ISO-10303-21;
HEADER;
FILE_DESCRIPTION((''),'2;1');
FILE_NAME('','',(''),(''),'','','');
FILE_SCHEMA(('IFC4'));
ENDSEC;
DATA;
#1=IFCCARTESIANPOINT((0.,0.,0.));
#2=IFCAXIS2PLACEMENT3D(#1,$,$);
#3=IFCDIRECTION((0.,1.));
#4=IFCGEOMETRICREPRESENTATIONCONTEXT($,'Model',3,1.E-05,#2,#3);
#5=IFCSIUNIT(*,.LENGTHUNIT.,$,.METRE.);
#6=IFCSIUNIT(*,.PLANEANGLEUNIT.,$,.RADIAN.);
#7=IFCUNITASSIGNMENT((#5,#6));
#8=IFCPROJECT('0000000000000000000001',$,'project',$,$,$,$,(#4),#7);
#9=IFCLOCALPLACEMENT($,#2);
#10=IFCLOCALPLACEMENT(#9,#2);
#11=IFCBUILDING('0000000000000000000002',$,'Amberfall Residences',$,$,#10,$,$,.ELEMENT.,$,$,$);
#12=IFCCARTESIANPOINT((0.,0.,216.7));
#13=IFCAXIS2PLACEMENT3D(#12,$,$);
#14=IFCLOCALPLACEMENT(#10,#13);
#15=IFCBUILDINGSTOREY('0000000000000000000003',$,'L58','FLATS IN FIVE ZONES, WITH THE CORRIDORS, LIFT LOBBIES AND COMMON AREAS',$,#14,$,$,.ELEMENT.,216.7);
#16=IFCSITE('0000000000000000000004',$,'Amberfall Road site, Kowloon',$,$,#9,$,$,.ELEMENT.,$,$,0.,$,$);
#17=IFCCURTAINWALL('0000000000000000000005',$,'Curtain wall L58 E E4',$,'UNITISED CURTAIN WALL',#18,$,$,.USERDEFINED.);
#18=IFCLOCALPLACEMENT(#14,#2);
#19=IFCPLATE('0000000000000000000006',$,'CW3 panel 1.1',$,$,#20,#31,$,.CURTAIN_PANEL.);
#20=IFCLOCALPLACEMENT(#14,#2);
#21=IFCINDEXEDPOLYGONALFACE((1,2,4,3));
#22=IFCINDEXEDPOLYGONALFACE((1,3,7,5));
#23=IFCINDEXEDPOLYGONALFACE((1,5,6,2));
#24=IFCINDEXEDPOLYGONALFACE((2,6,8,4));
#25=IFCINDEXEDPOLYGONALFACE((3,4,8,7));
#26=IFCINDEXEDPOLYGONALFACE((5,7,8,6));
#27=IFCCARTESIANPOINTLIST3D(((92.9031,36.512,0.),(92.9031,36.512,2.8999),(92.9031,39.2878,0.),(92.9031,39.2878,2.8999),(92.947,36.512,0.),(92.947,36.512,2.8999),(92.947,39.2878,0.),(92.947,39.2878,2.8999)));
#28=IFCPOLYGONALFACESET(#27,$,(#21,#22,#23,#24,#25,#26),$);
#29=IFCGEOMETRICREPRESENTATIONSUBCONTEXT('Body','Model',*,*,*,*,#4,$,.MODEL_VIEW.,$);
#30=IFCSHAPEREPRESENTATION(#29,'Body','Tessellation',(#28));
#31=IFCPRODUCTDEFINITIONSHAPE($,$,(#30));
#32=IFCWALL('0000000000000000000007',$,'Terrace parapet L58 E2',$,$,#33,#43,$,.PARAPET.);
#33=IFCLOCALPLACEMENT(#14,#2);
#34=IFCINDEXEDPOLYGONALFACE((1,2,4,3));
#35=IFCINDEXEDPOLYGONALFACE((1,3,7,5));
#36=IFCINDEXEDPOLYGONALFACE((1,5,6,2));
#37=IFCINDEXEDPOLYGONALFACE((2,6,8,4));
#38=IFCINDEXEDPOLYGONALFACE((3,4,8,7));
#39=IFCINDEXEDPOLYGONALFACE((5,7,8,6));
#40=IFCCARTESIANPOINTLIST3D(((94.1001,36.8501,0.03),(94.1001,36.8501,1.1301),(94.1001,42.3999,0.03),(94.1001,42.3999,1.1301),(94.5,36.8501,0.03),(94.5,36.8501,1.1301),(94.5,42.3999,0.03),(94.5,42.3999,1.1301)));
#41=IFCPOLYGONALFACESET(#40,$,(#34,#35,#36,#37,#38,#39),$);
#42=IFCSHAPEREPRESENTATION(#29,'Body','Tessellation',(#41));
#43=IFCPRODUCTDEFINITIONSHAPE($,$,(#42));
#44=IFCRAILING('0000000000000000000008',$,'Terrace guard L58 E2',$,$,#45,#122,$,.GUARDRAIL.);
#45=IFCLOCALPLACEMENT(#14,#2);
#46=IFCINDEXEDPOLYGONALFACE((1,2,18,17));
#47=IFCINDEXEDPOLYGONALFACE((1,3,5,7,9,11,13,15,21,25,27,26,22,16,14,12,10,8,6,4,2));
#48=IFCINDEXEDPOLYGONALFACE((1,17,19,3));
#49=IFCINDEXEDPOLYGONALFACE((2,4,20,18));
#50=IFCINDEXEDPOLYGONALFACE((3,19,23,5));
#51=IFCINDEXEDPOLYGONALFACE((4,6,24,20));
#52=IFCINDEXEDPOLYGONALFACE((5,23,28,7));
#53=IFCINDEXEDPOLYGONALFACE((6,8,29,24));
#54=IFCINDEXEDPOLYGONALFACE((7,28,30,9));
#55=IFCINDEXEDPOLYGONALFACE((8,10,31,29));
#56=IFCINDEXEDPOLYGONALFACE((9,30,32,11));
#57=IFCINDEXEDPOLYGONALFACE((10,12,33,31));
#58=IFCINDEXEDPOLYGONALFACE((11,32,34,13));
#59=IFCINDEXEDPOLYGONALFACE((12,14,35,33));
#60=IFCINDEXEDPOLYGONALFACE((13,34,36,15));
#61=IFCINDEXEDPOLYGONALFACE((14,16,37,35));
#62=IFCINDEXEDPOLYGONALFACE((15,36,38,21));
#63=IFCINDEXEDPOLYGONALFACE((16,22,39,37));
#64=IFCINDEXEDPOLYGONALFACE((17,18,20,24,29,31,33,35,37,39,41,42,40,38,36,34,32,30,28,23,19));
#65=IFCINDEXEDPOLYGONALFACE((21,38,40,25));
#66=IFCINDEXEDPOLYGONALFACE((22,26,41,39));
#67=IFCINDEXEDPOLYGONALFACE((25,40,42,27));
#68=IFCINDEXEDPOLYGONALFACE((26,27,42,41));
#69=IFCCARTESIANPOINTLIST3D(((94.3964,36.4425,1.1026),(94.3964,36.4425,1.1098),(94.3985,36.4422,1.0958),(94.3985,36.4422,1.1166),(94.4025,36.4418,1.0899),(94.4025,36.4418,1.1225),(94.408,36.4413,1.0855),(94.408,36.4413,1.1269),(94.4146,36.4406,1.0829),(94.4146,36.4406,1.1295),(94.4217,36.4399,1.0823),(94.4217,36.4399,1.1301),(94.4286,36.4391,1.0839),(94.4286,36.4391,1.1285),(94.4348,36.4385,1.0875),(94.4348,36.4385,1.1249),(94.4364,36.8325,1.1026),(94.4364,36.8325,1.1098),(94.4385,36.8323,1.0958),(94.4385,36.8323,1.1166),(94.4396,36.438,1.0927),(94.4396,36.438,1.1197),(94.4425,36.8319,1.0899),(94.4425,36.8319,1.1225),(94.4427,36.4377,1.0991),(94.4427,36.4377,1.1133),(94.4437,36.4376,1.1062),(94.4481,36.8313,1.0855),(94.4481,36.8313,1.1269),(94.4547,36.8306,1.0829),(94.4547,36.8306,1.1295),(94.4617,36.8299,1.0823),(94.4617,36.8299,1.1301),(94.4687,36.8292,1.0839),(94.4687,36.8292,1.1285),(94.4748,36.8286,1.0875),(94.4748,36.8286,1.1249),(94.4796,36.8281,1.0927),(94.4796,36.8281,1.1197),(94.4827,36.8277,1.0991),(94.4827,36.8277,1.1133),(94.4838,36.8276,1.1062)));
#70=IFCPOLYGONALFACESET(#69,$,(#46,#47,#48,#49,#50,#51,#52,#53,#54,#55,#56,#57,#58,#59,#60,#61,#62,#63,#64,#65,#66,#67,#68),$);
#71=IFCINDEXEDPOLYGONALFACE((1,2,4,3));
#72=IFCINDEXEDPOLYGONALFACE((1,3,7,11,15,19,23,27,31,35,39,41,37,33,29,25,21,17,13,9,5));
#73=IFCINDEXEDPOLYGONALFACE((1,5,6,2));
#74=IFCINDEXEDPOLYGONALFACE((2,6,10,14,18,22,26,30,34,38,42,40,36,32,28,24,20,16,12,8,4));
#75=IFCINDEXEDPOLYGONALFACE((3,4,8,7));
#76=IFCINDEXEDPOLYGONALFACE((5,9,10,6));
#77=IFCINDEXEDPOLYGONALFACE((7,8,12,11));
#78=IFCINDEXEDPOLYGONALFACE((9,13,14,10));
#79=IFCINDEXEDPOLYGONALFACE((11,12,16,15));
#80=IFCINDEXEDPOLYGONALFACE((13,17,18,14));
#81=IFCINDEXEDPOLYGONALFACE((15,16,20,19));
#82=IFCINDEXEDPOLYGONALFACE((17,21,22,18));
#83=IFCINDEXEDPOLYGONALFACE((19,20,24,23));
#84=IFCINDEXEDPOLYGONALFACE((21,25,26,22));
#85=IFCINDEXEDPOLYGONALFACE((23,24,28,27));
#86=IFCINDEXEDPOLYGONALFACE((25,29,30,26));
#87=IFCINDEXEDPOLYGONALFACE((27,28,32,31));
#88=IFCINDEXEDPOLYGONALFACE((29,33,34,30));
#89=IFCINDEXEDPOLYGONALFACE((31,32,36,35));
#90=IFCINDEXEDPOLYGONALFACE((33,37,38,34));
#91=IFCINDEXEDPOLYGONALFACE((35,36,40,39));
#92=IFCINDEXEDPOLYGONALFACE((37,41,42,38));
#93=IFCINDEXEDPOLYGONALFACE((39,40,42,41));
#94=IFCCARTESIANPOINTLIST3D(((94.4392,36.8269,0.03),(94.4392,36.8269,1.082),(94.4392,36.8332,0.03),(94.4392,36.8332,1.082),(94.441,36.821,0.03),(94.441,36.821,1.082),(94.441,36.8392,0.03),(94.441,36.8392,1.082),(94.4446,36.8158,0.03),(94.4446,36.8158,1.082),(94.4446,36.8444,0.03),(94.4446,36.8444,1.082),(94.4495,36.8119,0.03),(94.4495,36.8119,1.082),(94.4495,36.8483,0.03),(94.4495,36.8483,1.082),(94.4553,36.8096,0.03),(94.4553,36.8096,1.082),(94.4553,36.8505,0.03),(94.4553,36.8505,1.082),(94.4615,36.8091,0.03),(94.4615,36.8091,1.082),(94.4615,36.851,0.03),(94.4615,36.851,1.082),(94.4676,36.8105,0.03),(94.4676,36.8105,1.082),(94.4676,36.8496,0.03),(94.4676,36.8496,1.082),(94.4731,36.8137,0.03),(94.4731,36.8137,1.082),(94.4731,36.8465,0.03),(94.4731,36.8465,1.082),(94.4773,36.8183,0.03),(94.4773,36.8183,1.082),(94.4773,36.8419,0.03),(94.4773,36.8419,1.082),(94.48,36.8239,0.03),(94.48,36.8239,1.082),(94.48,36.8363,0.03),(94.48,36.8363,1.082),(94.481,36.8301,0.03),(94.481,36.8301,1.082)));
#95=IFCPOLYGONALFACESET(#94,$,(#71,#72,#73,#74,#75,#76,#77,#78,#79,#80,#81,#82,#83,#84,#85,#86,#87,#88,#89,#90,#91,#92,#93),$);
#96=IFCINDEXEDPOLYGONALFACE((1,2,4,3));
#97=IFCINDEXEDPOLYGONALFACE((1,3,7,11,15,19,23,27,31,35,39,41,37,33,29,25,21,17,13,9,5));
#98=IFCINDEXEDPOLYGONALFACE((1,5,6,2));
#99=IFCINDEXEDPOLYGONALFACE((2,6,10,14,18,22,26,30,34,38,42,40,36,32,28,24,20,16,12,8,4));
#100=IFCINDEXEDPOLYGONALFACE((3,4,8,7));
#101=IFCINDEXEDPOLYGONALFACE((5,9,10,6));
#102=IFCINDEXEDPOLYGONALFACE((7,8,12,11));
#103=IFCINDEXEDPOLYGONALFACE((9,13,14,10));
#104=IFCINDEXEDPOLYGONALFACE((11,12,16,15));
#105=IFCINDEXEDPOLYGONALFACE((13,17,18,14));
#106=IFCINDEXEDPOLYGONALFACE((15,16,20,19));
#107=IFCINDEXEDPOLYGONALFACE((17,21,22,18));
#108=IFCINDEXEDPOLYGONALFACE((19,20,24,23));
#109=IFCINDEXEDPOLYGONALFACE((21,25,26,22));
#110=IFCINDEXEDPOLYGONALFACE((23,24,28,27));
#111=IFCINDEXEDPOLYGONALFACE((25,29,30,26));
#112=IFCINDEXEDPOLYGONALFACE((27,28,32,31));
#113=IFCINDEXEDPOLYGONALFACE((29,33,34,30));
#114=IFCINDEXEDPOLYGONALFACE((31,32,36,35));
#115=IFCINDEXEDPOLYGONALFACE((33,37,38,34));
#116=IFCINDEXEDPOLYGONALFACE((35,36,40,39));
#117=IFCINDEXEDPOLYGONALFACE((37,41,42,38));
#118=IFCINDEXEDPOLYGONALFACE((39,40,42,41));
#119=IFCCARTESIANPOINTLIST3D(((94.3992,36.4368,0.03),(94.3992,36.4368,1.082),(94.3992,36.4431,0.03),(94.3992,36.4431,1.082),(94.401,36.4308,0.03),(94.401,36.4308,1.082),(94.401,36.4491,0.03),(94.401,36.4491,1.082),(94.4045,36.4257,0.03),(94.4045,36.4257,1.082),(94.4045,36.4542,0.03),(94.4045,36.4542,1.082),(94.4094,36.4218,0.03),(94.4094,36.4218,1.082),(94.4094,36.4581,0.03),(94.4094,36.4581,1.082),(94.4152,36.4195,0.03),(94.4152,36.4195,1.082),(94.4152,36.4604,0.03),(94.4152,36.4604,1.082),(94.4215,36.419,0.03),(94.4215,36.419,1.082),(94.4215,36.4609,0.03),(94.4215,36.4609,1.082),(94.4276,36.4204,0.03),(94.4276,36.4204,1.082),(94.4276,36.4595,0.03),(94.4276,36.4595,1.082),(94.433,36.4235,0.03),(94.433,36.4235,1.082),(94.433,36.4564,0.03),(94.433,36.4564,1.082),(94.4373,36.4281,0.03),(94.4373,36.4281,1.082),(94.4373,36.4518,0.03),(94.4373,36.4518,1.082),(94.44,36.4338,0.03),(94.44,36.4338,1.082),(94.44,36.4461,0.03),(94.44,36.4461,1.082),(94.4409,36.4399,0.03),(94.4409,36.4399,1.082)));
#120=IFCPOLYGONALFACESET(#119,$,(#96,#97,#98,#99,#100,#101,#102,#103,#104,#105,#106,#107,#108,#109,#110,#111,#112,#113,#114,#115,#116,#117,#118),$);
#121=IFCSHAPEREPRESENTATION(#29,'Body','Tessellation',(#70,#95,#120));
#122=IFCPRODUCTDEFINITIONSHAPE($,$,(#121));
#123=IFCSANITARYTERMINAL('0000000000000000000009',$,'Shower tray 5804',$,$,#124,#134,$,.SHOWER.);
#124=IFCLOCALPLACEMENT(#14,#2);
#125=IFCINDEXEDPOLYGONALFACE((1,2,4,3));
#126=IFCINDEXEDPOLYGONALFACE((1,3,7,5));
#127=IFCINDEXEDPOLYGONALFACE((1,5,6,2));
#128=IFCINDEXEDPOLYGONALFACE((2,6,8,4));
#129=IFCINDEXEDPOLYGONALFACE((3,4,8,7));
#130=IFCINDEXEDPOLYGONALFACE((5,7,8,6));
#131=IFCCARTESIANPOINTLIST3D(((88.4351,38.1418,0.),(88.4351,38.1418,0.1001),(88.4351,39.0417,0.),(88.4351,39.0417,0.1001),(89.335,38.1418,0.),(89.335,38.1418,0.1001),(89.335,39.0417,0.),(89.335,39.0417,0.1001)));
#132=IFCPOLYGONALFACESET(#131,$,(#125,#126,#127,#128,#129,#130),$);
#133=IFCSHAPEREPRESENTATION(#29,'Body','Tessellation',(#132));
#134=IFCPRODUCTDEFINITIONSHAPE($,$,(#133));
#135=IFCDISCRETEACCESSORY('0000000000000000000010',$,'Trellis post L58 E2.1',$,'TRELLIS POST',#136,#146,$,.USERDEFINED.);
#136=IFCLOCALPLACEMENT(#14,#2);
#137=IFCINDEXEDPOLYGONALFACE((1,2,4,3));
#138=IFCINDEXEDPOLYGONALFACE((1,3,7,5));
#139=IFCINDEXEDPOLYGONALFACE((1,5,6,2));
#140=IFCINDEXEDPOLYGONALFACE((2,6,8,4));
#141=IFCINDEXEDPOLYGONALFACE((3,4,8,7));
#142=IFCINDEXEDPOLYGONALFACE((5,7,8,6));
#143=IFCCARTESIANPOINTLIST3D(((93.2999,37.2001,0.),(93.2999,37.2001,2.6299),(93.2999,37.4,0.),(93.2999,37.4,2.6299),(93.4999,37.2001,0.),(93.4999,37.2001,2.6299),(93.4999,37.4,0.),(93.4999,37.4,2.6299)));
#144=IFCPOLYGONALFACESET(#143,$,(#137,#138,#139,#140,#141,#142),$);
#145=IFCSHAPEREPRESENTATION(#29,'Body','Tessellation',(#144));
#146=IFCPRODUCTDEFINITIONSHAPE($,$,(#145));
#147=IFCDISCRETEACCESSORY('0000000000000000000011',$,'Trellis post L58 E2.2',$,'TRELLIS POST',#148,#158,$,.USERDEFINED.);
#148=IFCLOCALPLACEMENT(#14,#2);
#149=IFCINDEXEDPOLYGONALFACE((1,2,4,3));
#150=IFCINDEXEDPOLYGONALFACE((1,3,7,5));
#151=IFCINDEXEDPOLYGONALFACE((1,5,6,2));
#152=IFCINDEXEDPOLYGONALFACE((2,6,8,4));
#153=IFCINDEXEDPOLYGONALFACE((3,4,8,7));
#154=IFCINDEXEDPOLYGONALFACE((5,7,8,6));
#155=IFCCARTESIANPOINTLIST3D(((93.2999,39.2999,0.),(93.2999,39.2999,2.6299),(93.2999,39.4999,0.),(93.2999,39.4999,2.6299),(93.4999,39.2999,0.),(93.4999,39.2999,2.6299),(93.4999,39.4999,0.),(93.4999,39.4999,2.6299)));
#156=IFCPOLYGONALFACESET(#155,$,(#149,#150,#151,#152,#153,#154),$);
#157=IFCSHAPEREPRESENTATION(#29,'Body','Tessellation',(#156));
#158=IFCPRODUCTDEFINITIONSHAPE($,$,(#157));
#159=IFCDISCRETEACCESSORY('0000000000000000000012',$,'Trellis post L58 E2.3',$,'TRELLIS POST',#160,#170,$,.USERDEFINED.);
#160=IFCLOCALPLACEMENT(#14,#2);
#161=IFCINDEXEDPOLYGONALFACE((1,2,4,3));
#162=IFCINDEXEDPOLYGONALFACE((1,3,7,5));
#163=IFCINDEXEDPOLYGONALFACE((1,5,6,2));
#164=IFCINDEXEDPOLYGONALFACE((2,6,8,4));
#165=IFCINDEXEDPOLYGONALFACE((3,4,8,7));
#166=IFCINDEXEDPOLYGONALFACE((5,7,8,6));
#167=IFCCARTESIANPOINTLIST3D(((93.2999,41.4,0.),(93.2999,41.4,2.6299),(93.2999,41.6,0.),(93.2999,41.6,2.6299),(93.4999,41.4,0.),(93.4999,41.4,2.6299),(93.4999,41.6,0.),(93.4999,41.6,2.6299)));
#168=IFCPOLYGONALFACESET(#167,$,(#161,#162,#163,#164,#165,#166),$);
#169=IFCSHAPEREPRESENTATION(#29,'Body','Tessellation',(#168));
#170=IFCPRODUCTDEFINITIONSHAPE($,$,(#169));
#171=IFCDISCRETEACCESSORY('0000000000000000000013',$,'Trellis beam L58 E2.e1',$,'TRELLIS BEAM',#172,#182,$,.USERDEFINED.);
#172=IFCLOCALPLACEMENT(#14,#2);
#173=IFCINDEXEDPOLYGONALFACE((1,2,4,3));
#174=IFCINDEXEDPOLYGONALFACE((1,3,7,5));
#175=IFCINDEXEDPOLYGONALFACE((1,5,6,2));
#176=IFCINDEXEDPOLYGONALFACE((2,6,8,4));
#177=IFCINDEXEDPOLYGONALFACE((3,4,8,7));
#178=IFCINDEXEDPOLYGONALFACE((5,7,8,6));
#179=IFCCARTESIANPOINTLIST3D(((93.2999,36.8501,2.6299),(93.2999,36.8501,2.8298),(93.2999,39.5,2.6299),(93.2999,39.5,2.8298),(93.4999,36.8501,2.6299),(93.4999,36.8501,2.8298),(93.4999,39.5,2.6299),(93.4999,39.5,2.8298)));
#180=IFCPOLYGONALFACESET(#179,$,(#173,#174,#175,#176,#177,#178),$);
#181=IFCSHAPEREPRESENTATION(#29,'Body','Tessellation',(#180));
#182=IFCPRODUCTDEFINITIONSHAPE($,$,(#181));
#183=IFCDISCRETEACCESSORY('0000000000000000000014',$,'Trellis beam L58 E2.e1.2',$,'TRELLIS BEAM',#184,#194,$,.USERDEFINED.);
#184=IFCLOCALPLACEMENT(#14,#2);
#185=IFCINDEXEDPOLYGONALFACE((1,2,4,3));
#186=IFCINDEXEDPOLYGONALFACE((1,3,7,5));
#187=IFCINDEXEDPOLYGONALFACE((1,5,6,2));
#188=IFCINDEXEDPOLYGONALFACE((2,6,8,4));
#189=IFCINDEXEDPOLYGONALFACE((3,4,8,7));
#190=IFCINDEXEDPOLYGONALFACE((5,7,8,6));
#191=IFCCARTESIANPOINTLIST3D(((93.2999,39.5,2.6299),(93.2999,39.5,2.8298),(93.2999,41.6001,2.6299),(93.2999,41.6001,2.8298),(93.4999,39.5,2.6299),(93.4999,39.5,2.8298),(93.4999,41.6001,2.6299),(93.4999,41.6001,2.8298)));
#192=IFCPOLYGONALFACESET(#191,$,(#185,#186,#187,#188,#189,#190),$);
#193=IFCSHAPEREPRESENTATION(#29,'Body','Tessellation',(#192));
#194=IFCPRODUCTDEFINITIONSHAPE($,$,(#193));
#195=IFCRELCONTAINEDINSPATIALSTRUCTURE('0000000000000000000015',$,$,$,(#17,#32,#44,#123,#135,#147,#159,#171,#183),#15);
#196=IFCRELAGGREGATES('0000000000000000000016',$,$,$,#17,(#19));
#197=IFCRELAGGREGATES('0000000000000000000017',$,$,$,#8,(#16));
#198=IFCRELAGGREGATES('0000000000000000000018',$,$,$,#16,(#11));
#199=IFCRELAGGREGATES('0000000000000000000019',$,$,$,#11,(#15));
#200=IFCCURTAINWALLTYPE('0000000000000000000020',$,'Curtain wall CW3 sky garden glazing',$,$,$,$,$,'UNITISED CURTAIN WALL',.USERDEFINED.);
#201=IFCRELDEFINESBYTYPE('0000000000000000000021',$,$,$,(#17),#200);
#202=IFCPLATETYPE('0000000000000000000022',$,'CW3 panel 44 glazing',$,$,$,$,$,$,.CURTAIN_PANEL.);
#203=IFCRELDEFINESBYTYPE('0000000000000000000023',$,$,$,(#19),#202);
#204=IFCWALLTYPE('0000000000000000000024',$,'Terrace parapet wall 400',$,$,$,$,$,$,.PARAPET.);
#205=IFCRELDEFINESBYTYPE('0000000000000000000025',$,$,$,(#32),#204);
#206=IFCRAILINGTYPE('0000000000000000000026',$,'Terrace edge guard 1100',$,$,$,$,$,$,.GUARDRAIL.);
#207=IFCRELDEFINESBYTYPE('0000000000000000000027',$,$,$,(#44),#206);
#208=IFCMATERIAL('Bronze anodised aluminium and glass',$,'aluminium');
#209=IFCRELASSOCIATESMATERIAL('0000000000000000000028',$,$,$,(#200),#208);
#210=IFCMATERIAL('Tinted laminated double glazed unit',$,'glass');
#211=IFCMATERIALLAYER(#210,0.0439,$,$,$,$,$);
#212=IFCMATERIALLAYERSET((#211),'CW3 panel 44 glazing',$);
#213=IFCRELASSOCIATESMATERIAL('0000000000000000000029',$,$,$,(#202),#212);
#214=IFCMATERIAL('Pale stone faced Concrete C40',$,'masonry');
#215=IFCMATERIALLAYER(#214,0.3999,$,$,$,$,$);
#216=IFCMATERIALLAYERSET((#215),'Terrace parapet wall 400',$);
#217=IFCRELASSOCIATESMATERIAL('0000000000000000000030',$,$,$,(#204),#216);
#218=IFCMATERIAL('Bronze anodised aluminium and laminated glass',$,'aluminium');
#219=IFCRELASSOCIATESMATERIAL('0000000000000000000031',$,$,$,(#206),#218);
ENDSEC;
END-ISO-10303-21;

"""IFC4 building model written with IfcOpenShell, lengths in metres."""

from ifc_helpers import new_model, si_unit, direction, frame, frame_2d, origin, origin_2d, place, context, subcontext, project, spatial, rectangle, circle, extrude, material, layer, layer_set, type_object, element, aggregate, save


model = new_model("IFC4")

# Units and contexts
model_context = context("Model", 3, precision=1e-05, world=origin(), true_north=direction((0.0, 1.0)))
body_context = subcontext(model_context, "Body", "Model", "MODEL_VIEW")
ifc_project = project(units=[si_unit("LENGTHUNIT", "METRE"), si_unit("PLANEANGLEUNIT", "RADIAN")], contexts=[model_context])

# Site, building, storey
site_placement = place(None, origin())
site = spatial("IfcSite", under=ifc_project, at=site_placement, Name="Amberfall Road site, Kowloon", CompositionType="ELEMENT", RefElevation=0.0)
building_placement = place(site_placement, origin())
building = spatial("IfcBuilding", under=site, at=building_placement, Name="Amberfall Residences", CompositionType="ELEMENT")
storey_placement = place(building_placement, frame((0.0, 0.0, 216.7)))
storey = spatial("IfcBuildingStorey", under=building, at=storey_placement, Name="L58", Description="FLATS IN FIVE ZONES, WITH THE CORRIDORS, LIFT LOBBIES AND COMMON AREAS", CompositionType="ELEMENT", Elevation=216.7)

# Curtain wall
ifc_material_1 = material(Name="Bronze anodised aluminium and glass", Category="aluminium")
curtain_wall_type = type_object("IfcCurtainWallType", Name="Curtain wall CW3 sky garden glazing", ElementType="UNITISED CURTAIN WALL", PredefinedType="USERDEFINED", material=ifc_material_1)
curtain_wall_placement = place(storey_placement, origin())
curtain_wall = element("IfcCurtainWall", 1, at=curtain_wall_placement, inside=storey, type_object=curtain_wall_type, Name="Curtain wall L58 E E4", ObjectType="UNITISED CURTAIN WALL", PredefinedType="USERDEFINED")

# Plate
ifc_material_2 = material(Name="Tinted laminated double glazed unit", Category="glass")
ifc_layer_1 = layer(ifc_material_2, 0.0439)
ifc_layer_set_1 = layer_set([ifc_layer_1], Name="CW3 panel 44 glazing")
plate_type = type_object("IfcPlateType", Name="CW3 panel 44 glazing", PredefinedType="CURTAIN_PANEL", material=ifc_layer_set_1)
plate_placement = place(storey_placement, frame((92.925, 37.8999, 0.0), z_axis=(0.0, 0.0, 1.0), x_axis=(0.0, 1.0, 0.0)))
plate = element("IfcPlate", 2, at=plate_placement, type_object=plate_type, Name="CW3 panel 1.1", PredefinedType="CURTAIN_PANEL", context=body_context, shape_type="SweptSolid", body=[
    extrude(rectangle(XDim=2.7759, YDim=0.0439, at=origin_2d()), origin(), (0.0, 0.0, 1.0), 2.8999),
])
aggregate(curtain_wall, [plate])

# Wall
ifc_material_3 = material(Name="Pale stone faced Concrete C40", Category="masonry")
ifc_layer_2 = layer(ifc_material_3, 0.3999)
ifc_layer_set_2 = layer_set([ifc_layer_2], Name="Terrace parapet wall 400")
wall_type_1 = type_object("IfcWallType", Name="Terrace parapet wall 400", PredefinedType="PARAPET", material=ifc_layer_set_2)
wall_1_placement = place(storey_placement, frame((94.3, 36.8501, 0.03), z_axis=(0.0, 0.0, 1.0), x_axis=(0.0, 1.0, 0.0)))
element("IfcWall", 3, at=wall_1_placement, inside=storey, type_object=wall_type_1, Name="Terrace parapet L58 E2", PredefinedType="PARAPET", context=body_context, shape_type="SweptSolid", body=[
    extrude(rectangle(XDim=5.5498, YDim=0.3999, at=frame_2d((2.7749, 0.0))), origin(), (0.0, 0.0, 1.0), 1.1001),
])

# Railing
ifc_material_4 = material(Name="Bronze anodised aluminium and laminated glass", Category="aluminium")
railing_type = type_object("IfcRailingType", Name="Terrace edge guard 1100", PredefinedType="GUARDRAIL", material=ifc_material_4)
railing_placement = place(storey_placement, frame((94.46, 36.8301, 0.03)))
element("IfcRailing", 4, at=railing_placement, inside=storey, type_object=railing_type, Name="Terrace guard L58 E2", PredefinedType="GUARDRAIL", context=body_context, shape_type="SweptSolid", body=[
    extrude(circle(Radius=0.0239, at=origin_2d()), frame((0.0, 0.0, 1.0762), z_axis=(-0.102092, -0.994775, 0.0), x_axis=(0.994775, -0.102092, 0.0)), (0.0, 0.0, 1.0), 0.3921),
    extrude(circle(Radius=0.021, at=origin_2d()), origin(), (0.0, 0.0, 1.0), 1.052),
    extrude(circle(Radius=0.021, at=origin_2d()), frame((-0.04, -0.3901, 0.0)), (0.0, 0.0, 1.0), 1.052),
])

# Sanitary terminal
sanitary_terminal_placement = place(storey_placement, frame((88.885, 38.5918, 0.0), z_axis=(0.0, 0.0, 1.0), x_axis=(1.0, 0.0, 0.0)))
element("IfcSanitaryTerminal", 5, at=sanitary_terminal_placement, inside=storey, Name="Shower tray 5804", PredefinedType="SHOWER", context=body_context, shape_type="SweptSolid", body=[
    extrude(rectangle(XDim=0.8999, YDim=0.8999, at=origin_2d()), origin(), (0.0, 0.0, 1.0), 0.1001),
])

# Discrete accessories
for number, where, z_axis, x_axis, name in (
    (6, (93.3999, 37.3, 0.0), (0.0, 0.0, 1.0), (1.0, 0.0, 0.0), "Trellis post L58 E2.1"),
    (7, (93.3999, 39.3999, 0.0), (0.0, 0.0, 1.0), (1.0, 0.0, 0.0), "Trellis post L58 E2.2"),
    (8, (93.3999, 41.5, 0.0), (0.0, 0.0, 1.0), (1.0, 0.0, 0.0), "Trellis post L58 E2.3"),
):
    element("IfcDiscreteAccessory", number, at=place(storey_placement, frame(where, z_axis=z_axis, x_axis=x_axis)), inside=storey, Name=name, ObjectType="TRELLIS POST", PredefinedType="USERDEFINED", context=body_context, shape_type="SweptSolid", body=[
        extrude(rectangle(XDim=0.2, YDim=0.2, at=origin_2d()), origin(), (0.0, 0.0, 1.0), 2.6299),
    ])
discrete_accessory_1_placement = place(storey_placement, frame((93.3999, 38.175, 2.6299), z_axis=(0.0, 0.0, 1.0), x_axis=(0.0, 1.0, 0.0)))
element("IfcDiscreteAccessory", 9, at=discrete_accessory_1_placement, inside=storey, Name="Trellis beam L58 E2.e1", ObjectType="TRELLIS BEAM", PredefinedType="USERDEFINED", context=body_context, shape_type="SweptSolid", body=[
    extrude(rectangle(XDim=2.6499, YDim=0.2, at=origin_2d()), origin(), (0.0, 0.0, 1.0), 0.2),
])
discrete_accessory_2_placement = place(storey_placement, frame((93.3999, 40.55, 2.6299), z_axis=(0.0, 0.0, 1.0), x_axis=(0.0, 1.0, 0.0)))
element("IfcDiscreteAccessory", 10, at=discrete_accessory_2_placement, inside=storey, Name="Trellis beam L58 E2.e1.2", ObjectType="TRELLIS BEAM", PredefinedType="USERDEFINED", context=body_context, shape_type="SweptSolid", body=[
    extrude(rectangle(XDim=2.1001, YDim=0.2, at=origin_2d()), origin(), (0.0, 0.0, 1.0), 0.2),
])

save(model, "model.ifc")
